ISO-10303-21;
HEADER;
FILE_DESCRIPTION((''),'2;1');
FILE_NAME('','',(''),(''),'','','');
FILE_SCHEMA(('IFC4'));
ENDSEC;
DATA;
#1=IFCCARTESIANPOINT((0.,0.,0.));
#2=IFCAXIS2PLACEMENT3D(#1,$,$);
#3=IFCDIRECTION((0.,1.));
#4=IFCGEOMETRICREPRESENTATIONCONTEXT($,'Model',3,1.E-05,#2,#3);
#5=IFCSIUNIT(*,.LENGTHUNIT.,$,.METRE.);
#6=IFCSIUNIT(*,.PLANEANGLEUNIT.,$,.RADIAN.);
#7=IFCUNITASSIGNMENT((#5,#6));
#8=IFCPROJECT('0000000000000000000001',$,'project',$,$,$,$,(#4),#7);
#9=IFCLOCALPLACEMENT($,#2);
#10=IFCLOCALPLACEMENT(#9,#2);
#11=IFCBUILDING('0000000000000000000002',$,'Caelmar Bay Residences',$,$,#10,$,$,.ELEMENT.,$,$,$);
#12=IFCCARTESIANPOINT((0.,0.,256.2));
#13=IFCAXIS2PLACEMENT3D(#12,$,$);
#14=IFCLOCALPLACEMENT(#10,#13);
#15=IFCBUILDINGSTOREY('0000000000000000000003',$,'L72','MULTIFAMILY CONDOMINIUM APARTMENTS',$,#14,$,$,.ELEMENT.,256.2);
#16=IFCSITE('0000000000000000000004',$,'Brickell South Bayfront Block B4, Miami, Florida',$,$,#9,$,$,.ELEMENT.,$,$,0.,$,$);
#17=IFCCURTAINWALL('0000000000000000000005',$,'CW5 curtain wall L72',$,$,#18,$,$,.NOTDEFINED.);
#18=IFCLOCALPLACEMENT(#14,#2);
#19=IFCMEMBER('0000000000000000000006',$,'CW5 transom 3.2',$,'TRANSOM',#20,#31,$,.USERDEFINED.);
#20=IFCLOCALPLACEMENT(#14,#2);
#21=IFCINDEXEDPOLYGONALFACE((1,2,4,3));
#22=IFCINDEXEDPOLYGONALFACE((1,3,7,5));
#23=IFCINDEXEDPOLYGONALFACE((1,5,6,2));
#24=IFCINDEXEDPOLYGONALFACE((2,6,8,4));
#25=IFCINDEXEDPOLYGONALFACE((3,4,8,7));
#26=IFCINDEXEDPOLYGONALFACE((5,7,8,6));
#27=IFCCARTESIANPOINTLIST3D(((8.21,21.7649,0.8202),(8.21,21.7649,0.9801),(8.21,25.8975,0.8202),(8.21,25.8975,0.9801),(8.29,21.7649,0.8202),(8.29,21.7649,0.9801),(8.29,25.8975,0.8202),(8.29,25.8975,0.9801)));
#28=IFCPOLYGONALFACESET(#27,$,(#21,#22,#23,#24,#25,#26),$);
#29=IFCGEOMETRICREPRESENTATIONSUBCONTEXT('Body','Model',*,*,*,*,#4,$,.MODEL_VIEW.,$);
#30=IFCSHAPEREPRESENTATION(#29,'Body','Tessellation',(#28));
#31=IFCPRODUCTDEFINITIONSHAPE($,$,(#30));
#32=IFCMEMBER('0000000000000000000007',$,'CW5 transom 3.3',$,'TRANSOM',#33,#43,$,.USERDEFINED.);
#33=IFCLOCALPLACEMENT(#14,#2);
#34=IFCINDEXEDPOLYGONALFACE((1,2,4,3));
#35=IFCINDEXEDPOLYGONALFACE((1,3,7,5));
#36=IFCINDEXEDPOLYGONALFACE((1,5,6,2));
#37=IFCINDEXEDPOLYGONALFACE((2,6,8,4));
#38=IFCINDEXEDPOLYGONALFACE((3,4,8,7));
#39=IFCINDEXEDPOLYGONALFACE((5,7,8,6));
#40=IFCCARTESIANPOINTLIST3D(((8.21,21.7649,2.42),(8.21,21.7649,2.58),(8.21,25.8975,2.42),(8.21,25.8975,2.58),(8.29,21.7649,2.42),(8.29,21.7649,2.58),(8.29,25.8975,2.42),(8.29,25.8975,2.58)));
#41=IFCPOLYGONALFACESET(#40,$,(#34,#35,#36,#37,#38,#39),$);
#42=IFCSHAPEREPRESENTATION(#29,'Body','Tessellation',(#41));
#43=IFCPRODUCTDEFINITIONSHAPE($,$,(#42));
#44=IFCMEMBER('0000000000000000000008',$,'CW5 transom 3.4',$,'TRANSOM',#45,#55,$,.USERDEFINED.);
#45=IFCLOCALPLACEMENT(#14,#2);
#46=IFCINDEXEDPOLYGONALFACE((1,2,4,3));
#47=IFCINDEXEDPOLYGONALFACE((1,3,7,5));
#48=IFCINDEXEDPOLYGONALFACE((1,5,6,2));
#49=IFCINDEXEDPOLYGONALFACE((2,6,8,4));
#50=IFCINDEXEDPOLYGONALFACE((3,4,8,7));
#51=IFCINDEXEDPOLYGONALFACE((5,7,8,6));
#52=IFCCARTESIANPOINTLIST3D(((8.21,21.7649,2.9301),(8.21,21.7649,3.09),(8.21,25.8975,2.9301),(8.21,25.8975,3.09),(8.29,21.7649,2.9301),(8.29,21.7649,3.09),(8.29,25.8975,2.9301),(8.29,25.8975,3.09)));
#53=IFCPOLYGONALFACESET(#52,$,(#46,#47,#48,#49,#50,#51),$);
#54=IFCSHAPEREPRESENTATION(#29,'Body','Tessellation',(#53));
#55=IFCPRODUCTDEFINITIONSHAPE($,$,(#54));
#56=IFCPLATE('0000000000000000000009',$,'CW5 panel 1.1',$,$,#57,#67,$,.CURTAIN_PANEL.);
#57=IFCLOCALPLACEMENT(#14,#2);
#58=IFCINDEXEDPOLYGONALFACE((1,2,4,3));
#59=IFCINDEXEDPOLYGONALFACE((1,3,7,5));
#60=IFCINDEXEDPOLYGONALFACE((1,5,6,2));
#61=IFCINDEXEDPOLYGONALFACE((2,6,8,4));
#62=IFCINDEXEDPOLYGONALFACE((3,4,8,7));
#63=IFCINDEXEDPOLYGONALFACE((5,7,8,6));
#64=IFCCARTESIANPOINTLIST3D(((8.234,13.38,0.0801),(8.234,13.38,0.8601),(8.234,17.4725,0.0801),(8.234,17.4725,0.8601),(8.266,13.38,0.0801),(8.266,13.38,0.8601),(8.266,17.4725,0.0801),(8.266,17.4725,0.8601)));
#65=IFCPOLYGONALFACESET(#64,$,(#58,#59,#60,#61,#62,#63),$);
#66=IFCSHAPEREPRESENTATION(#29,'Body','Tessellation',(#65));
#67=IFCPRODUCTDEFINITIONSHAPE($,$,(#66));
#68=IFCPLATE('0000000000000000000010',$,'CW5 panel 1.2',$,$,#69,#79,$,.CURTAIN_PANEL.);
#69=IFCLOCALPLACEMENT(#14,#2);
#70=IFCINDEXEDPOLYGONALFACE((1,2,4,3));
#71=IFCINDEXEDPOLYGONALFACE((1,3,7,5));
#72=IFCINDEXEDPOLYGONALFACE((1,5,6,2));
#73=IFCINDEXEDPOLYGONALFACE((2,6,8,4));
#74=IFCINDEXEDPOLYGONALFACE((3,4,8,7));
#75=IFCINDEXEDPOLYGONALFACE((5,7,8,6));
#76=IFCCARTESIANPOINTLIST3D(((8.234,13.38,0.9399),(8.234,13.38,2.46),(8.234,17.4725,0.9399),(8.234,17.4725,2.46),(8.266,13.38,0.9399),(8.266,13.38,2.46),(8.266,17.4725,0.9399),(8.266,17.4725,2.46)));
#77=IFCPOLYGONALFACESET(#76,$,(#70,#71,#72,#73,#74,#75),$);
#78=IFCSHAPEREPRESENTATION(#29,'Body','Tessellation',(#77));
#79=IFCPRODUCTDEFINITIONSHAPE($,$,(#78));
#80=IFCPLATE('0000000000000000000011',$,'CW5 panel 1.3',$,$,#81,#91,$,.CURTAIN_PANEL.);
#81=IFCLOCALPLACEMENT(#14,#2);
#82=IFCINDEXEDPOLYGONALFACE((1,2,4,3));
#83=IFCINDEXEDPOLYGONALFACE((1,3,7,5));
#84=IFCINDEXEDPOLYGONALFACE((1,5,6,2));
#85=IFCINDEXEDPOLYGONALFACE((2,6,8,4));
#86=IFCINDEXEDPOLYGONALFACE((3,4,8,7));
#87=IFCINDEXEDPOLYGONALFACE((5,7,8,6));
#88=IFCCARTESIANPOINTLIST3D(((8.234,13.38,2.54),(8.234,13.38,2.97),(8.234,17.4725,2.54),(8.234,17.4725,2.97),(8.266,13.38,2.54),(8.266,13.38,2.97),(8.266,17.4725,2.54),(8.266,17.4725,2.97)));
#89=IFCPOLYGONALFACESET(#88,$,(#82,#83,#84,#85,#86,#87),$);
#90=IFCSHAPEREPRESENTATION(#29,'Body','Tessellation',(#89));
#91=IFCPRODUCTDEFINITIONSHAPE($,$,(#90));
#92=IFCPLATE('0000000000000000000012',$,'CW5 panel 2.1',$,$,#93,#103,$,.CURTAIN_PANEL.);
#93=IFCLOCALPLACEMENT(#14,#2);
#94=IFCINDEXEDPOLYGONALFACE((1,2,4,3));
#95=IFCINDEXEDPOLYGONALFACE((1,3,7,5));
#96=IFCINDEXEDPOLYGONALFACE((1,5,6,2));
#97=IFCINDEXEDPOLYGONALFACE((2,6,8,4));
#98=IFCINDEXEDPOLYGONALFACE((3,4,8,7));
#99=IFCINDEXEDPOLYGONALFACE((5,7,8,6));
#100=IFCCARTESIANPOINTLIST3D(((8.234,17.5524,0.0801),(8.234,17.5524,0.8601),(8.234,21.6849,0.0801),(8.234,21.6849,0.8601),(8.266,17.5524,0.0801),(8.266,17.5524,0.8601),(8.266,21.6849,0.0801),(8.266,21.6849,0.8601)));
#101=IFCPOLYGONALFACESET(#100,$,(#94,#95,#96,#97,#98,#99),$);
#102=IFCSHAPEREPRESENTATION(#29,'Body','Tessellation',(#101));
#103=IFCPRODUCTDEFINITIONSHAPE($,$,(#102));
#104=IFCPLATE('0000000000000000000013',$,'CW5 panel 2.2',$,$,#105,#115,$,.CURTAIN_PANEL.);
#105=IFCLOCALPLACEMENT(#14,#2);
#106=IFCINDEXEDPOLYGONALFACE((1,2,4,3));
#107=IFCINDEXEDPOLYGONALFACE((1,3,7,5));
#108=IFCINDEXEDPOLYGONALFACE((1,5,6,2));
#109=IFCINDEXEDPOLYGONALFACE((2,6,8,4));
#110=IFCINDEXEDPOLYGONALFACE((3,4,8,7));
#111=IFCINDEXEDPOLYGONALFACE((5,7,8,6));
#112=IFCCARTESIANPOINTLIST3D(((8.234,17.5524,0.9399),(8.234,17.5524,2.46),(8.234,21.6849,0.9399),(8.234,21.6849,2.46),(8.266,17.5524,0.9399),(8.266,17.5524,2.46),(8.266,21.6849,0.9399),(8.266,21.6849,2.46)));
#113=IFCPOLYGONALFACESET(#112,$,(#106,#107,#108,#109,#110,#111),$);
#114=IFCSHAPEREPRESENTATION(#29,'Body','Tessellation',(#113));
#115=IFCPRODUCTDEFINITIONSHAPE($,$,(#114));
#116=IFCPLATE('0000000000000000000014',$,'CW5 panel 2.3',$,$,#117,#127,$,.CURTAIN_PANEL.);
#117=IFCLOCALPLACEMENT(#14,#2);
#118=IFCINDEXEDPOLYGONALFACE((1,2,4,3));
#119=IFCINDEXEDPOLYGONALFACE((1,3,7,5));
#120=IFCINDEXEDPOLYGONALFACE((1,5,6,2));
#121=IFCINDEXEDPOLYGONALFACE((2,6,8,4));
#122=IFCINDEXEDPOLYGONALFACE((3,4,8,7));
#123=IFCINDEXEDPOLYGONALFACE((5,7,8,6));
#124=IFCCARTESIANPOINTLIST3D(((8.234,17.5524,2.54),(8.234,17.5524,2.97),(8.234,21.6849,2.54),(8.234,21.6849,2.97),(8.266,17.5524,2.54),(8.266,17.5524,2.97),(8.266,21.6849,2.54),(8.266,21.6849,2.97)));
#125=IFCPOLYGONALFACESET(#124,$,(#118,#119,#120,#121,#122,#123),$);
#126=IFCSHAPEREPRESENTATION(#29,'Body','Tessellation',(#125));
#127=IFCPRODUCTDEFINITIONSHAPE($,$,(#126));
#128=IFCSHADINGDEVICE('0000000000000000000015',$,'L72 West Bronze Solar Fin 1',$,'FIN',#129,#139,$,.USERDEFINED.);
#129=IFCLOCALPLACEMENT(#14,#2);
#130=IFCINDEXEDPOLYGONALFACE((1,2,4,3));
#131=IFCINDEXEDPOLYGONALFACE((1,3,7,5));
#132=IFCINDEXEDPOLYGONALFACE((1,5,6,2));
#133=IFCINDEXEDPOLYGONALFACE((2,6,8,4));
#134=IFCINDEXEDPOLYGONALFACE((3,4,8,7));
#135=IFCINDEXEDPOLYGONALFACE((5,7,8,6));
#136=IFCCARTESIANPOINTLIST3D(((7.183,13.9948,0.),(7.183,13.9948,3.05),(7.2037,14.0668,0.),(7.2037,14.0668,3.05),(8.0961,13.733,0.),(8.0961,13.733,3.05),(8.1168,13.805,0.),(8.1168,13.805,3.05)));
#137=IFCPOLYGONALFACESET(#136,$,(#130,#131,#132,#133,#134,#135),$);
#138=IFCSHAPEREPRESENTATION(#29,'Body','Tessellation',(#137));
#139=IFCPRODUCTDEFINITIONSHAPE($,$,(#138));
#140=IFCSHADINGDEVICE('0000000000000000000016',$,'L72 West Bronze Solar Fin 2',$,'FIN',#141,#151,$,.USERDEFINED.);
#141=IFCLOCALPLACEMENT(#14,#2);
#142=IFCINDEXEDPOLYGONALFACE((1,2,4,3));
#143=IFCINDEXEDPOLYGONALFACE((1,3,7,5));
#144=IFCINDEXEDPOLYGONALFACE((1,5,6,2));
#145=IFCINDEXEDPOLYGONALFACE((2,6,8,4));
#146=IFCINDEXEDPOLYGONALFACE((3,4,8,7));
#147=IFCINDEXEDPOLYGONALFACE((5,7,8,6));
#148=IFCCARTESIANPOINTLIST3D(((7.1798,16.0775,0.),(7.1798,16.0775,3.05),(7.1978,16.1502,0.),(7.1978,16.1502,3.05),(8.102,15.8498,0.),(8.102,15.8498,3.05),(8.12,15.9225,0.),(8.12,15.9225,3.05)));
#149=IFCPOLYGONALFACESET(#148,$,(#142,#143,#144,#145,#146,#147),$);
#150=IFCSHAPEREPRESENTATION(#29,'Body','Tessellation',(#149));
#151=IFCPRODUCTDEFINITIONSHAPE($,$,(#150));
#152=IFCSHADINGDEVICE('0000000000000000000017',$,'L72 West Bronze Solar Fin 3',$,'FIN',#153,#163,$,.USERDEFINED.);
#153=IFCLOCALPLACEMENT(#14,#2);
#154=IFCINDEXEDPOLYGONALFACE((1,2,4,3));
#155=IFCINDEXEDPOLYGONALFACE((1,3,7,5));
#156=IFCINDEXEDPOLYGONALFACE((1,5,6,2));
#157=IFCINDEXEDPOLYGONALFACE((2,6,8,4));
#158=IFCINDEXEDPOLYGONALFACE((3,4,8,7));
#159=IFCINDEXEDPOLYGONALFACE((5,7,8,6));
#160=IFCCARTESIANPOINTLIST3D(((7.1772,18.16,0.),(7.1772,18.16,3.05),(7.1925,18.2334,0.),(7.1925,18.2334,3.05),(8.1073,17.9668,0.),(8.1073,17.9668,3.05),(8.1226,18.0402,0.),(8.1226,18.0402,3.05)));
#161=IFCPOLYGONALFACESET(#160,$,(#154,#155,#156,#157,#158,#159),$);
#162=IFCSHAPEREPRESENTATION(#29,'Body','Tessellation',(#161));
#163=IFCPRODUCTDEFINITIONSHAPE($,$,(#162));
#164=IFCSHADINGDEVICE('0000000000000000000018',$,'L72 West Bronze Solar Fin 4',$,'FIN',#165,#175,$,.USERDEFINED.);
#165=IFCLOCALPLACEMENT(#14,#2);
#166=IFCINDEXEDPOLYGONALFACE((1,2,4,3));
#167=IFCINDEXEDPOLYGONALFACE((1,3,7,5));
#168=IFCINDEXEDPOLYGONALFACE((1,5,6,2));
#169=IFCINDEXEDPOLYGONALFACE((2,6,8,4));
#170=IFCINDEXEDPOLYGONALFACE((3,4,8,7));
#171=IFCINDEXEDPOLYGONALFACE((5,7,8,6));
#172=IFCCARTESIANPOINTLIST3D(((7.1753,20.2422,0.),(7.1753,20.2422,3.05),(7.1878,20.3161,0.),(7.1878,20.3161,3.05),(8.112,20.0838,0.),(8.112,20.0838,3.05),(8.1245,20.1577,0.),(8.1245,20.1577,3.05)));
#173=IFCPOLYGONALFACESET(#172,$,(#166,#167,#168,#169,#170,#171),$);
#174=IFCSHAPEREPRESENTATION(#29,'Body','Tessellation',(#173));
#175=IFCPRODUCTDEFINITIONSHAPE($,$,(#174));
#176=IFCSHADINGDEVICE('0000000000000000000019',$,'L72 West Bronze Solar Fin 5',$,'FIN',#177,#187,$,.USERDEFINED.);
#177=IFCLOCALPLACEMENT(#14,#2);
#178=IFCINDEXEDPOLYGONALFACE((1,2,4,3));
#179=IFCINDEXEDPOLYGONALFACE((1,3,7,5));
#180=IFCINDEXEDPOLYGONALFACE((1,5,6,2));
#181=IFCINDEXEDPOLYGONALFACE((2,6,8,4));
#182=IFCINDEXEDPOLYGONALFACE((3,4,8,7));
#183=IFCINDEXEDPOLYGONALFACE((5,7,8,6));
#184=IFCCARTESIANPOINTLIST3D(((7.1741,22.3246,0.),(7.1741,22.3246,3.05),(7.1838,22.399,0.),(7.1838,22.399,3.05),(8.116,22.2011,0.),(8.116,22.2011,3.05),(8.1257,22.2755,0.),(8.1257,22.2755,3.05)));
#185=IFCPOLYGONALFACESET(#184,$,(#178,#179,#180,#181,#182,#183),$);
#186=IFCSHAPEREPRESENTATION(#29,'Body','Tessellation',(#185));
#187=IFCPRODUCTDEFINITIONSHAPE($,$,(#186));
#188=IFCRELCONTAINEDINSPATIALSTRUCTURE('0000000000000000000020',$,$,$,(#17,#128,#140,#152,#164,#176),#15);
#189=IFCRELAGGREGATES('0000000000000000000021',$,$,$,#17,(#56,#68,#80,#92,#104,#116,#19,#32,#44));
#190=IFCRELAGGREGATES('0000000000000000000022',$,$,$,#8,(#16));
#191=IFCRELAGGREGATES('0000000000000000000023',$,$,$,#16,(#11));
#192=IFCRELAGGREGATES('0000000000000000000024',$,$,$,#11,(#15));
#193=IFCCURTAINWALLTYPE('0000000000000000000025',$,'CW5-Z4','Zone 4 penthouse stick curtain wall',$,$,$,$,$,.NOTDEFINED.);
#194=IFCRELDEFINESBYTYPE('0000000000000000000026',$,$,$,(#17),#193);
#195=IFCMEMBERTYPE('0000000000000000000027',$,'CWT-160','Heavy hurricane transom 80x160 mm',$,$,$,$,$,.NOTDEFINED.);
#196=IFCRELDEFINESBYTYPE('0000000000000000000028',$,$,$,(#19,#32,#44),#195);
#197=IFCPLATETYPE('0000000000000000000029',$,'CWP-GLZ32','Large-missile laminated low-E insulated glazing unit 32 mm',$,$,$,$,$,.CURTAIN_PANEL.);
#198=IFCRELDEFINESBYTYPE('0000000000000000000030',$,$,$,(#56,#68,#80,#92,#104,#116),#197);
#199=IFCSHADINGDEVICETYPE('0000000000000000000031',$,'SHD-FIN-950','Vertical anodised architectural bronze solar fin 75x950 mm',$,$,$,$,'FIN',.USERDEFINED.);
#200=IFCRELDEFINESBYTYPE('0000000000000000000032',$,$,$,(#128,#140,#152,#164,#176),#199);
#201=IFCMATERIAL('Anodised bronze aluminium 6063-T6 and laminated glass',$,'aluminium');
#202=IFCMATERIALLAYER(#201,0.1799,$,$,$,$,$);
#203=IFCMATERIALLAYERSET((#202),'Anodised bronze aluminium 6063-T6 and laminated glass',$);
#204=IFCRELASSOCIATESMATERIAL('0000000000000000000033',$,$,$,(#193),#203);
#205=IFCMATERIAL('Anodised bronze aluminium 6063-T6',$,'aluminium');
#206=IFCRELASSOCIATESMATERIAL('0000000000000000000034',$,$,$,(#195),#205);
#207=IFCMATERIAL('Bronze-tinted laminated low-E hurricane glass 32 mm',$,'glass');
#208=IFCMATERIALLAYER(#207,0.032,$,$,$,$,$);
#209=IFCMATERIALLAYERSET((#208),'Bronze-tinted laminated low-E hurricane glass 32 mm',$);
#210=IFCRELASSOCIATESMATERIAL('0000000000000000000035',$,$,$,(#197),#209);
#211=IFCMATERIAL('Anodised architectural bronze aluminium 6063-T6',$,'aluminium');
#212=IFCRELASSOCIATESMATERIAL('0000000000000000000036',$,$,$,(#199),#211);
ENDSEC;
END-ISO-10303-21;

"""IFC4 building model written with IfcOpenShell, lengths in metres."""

from ifc_helpers import new_model, si_unit, direction, frame, origin, origin_2d, place, context, subcontext, project, spatial, rectangle, extrude, material, layer, layer_set, material_profile, profile_set, type_object, element, aggregate, save


model = new_model("IFC4")

# Units and contexts
model_context = context("Model", 3, precision=1e-05, world=origin(), true_north=direction((0.0, 1.0)))
body_context = subcontext(model_context, "Body", "Model", "MODEL_VIEW")
ifc_project = project(units=[si_unit("LENGTHUNIT", "METRE"), si_unit("PLANEANGLEUNIT", "RADIAN")], contexts=[model_context])

# Site, building, storey
site_placement = place(None, origin())
site = spatial("IfcSite", under=ifc_project, at=site_placement, Name="Brickell South Bayfront Block B4, Miami, Florida", CompositionType="ELEMENT", RefElevation=0.0)
building_placement = place(site_placement, origin())
building = spatial("IfcBuilding", under=site, at=building_placement, Name="Caelmar Bay Residences", CompositionType="ELEMENT")
storey_placement = place(building_placement, frame((0.0, 0.0, 256.2)))
storey = spatial("IfcBuildingStorey", under=building, at=storey_placement, Name="L72", Description="MULTIFAMILY CONDOMINIUM APARTMENTS", CompositionType="ELEMENT", Elevation=256.2)

# Curtain wall, members, plates
ifc_material_1 = material(Name="Anodised bronze aluminium 6063-T6 and laminated glass", Category="aluminium")
ifc_layer_1 = layer(ifc_material_1, 0.1799)
ifc_layer_set_1 = layer_set([ifc_layer_1], Name="Anodised bronze aluminium 6063-T6 and laminated glass")
curtain_wall_type = type_object("IfcCurtainWallType", Name="CW5-Z4", Description="Zone 4 penthouse stick curtain wall", PredefinedType="NOTDEFINED", material=ifc_layer_set_1)
curtain_wall_placement = place(storey_placement, origin())
curtain_wall = element("IfcCurtainWall", 1, at=curtain_wall_placement, inside=storey, type_object=curtain_wall_type, Name="CW5 curtain wall L72", PredefinedType="NOTDEFINED")
ifc_material_2 = material(Name="Anodised bronze aluminium 6063-T6", Category="aluminium")
ifc_material_profile_1 = material_profile(ifc_material_2, rectangle(XDim=0.0801, YDim=0.1599, at=origin_2d()), Name="CWT-80X160")
ifc_profile_set_1 = profile_set([ifc_material_profile_1], Name="Anodised bronze aluminium 6063-T6")
member_type_1 = type_object("IfcMemberType", Name="CWT-160", Description="Heavy hurricane transom 80x160 mm", PredefinedType="NOTDEFINED", material=ifc_profile_set_1)
member_1_placement = place(storey_placement, frame((8.25, 21.7649, 0.9001), z_axis=(0.0, 1.0, 0.0), x_axis=(-1.0, 0.0, 0.0)))
member_1 = element("IfcMember", 2, at=member_1_placement, type_object=member_type_1, Name="CW5 transom 3.2", ObjectType="TRANSOM", PredefinedType="USERDEFINED", context=body_context, shape_type="SweptSolid", body=[
    extrude(rectangle(XDim=0.0801, YDim=0.1599, at=origin_2d()), origin(), (0.0, 0.0, 1.0), 4.1326),
])
member_2_placement = place(storey_placement, frame((8.25, 21.7649, 2.5), z_axis=(0.0, 1.0, 0.0), x_axis=(-1.0, 0.0, 0.0)))
member_2 = element("IfcMember", 3, at=member_2_placement, type_object=member_type_1, Name="CW5 transom 3.3", ObjectType="TRANSOM", PredefinedType="USERDEFINED", context=body_context, shape_type="SweptSolid", body=[
    extrude(rectangle(XDim=0.0801, YDim=0.1599, at=origin_2d()), origin(), (0.0, 0.0, 1.0), 4.1326),
])
member_3_placement = place(storey_placement, frame((8.25, 21.7649, 3.01), z_axis=(0.0, 1.0, 0.0), x_axis=(-1.0, 0.0, 0.0)))
member_3 = element("IfcMember", 4, at=member_3_placement, type_object=member_type_1, Name="CW5 transom 3.4", ObjectType="TRANSOM", PredefinedType="USERDEFINED", context=body_context, shape_type="SweptSolid", body=[
    extrude(rectangle(XDim=0.0801, YDim=0.1599, at=origin_2d()), origin(), (0.0, 0.0, 1.0), 4.1326),
])
ifc_material_3 = material(Name="Bronze-tinted laminated low-E hurricane glass 32 mm", Category="glass")
ifc_layer_2 = layer(ifc_material_3, 0.032)
ifc_layer_set_2 = layer_set([ifc_layer_2], Name="Bronze-tinted laminated low-E hurricane glass 32 mm")
plate_type = type_object("IfcPlateType", Name="CWP-GLZ32", Description="Large-missile laminated low-E insulated glazing unit 32 mm", PredefinedType="CURTAIN_PANEL", material=ifc_layer_set_2)
plate_1_placement = place(storey_placement, frame((8.25, 15.4263, 0.0801), z_axis=(0.0, 0.0, 1.0), x_axis=(0.0, 1.0, 0.0)))
plate_1 = element("IfcPlate", 5, at=plate_1_placement, type_object=plate_type, Name="CW5 panel 1.1", PredefinedType="CURTAIN_PANEL", context=body_context, shape_type="SweptSolid", body=[
    extrude(rectangle(XDim=4.0925, YDim=0.032, at=origin_2d()), origin(), (0.0, 0.0, 1.0), 0.78),
])
plate_2_placement = place(storey_placement, frame((8.25, 15.4263, 0.9399), z_axis=(0.0, 0.0, 1.0), x_axis=(0.0, 1.0, 0.0)))
plate_2 = element("IfcPlate", 6, at=plate_2_placement, type_object=plate_type, Name="CW5 panel 1.2", PredefinedType="CURTAIN_PANEL", context=body_context, shape_type="SweptSolid", body=[
    extrude(rectangle(XDim=4.0925, YDim=0.032, at=origin_2d()), origin(), (0.0, 0.0, 1.0), 1.52),
])
plate_3_placement = place(storey_placement, frame((8.25, 15.4263, 2.54), z_axis=(0.0, 0.0, 1.0), x_axis=(0.0, 1.0, 0.0)))
plate_3 = element("IfcPlate", 7, at=plate_3_placement, type_object=plate_type, Name="CW5 panel 1.3", PredefinedType="CURTAIN_PANEL", context=body_context, shape_type="SweptSolid", body=[
    extrude(rectangle(XDim=4.0925, YDim=0.032, at=origin_2d()), origin(), (0.0, 0.0, 1.0), 0.4299),
])
plate_4_placement = place(storey_placement, frame((8.25, 19.6187, 0.0801), z_axis=(0.0, 0.0, 1.0), x_axis=(0.0, 1.0, 0.0)))
plate_4 = element("IfcPlate", 8, at=plate_4_placement, type_object=plate_type, Name="CW5 panel 2.1", PredefinedType="CURTAIN_PANEL", context=body_context, shape_type="SweptSolid", body=[
    extrude(rectangle(XDim=4.1326, YDim=0.032, at=origin_2d()), origin(), (0.0, 0.0, 1.0), 0.78),
])
plate_5_placement = place(storey_placement, frame((8.25, 19.6187, 0.9399), z_axis=(0.0, 0.0, 1.0), x_axis=(0.0, 1.0, 0.0)))
plate_5 = element("IfcPlate", 9, at=plate_5_placement, type_object=plate_type, Name="CW5 panel 2.2", PredefinedType="CURTAIN_PANEL", context=body_context, shape_type="SweptSolid", body=[
    extrude(rectangle(XDim=4.1326, YDim=0.032, at=origin_2d()), origin(), (0.0, 0.0, 1.0), 1.52),
])
plate_6_placement = place(storey_placement, frame((8.25, 19.6187, 2.54), z_axis=(0.0, 0.0, 1.0), x_axis=(0.0, 1.0, 0.0)))
plate_6 = element("IfcPlate", 10, at=plate_6_placement, type_object=plate_type, Name="CW5 panel 2.3", PredefinedType="CURTAIN_PANEL", context=body_context, shape_type="SweptSolid", body=[
    extrude(rectangle(XDim=4.1326, YDim=0.032, at=origin_2d()), origin(), (0.0, 0.0, 1.0), 0.4299),
])
aggregate(curtain_wall, [plate_1, plate_2, plate_3, plate_4, plate_5, plate_6, member_1, member_2, member_3])

# Shading devices
ifc_material_4 = material(Name="Anodised architectural bronze aluminium 6063-T6", Category="aluminium")
ifc_material_profile_2 = material_profile(ifc_material_4, rectangle(XDim=0.075, YDim=0.95, at=origin_2d()), Name="BRONZE-FIN-75X950")
ifc_profile_set_2 = profile_set([ifc_material_profile_2], Name="Anodised architectural bronze aluminium 6063-T6")
shading_device_type = type_object("IfcShadingDeviceType", Name="SHD-FIN-950", Description="Vertical anodised architectural bronze solar fin 75x950 mm", ElementType="FIN", PredefinedType="USERDEFINED", material=ifc_profile_set_2)
for number, where, z_axis, x_axis, name in (
    (11, (7.6499, 13.8999, 0.0), (0.0, 0.0, 1.0), (0.275637, 0.961262, 0.0), "L72 West Bronze Solar Fin 1"),
    (12, (7.6499, 16.0, 0.0), (0.0, 0.0, 1.0), (0.23972, 0.970842, 0.0), "L72 West Bronze Solar Fin 2"),
    (13, (7.6499, 18.1001, 0.0), (0.0, 0.0, 1.0), (0.2033, 0.979116, 0.0), "L72 West Bronze Solar Fin 3"),
    (14, (7.6499, 20.2, 0.0), (0.0, 0.0, 1.0), (0.166769, 0.985996, 0.0), "L72 West Bronze Solar Fin 4"),
    (15, (7.6499, 22.3, 0.0), (0.0, 0.0, 1.0), (0.130007, 0.991513, 0.0), "L72 West Bronze Solar Fin 5"),
):
    element("IfcShadingDevice", number, at=place(storey_placement, frame(where, z_axis=z_axis, x_axis=x_axis)), inside=storey, type_object=shading_device_type, Name=name, ObjectType="FIN", PredefinedType="USERDEFINED", context=body_context, shape_type="SweptSolid", body=[
        extrude(rectangle(XDim=0.075, YDim=0.95, at=origin_2d()), origin(), (0.0, 0.0, 1.0), 3.05),
    ])

save(model, "model.ifc")
